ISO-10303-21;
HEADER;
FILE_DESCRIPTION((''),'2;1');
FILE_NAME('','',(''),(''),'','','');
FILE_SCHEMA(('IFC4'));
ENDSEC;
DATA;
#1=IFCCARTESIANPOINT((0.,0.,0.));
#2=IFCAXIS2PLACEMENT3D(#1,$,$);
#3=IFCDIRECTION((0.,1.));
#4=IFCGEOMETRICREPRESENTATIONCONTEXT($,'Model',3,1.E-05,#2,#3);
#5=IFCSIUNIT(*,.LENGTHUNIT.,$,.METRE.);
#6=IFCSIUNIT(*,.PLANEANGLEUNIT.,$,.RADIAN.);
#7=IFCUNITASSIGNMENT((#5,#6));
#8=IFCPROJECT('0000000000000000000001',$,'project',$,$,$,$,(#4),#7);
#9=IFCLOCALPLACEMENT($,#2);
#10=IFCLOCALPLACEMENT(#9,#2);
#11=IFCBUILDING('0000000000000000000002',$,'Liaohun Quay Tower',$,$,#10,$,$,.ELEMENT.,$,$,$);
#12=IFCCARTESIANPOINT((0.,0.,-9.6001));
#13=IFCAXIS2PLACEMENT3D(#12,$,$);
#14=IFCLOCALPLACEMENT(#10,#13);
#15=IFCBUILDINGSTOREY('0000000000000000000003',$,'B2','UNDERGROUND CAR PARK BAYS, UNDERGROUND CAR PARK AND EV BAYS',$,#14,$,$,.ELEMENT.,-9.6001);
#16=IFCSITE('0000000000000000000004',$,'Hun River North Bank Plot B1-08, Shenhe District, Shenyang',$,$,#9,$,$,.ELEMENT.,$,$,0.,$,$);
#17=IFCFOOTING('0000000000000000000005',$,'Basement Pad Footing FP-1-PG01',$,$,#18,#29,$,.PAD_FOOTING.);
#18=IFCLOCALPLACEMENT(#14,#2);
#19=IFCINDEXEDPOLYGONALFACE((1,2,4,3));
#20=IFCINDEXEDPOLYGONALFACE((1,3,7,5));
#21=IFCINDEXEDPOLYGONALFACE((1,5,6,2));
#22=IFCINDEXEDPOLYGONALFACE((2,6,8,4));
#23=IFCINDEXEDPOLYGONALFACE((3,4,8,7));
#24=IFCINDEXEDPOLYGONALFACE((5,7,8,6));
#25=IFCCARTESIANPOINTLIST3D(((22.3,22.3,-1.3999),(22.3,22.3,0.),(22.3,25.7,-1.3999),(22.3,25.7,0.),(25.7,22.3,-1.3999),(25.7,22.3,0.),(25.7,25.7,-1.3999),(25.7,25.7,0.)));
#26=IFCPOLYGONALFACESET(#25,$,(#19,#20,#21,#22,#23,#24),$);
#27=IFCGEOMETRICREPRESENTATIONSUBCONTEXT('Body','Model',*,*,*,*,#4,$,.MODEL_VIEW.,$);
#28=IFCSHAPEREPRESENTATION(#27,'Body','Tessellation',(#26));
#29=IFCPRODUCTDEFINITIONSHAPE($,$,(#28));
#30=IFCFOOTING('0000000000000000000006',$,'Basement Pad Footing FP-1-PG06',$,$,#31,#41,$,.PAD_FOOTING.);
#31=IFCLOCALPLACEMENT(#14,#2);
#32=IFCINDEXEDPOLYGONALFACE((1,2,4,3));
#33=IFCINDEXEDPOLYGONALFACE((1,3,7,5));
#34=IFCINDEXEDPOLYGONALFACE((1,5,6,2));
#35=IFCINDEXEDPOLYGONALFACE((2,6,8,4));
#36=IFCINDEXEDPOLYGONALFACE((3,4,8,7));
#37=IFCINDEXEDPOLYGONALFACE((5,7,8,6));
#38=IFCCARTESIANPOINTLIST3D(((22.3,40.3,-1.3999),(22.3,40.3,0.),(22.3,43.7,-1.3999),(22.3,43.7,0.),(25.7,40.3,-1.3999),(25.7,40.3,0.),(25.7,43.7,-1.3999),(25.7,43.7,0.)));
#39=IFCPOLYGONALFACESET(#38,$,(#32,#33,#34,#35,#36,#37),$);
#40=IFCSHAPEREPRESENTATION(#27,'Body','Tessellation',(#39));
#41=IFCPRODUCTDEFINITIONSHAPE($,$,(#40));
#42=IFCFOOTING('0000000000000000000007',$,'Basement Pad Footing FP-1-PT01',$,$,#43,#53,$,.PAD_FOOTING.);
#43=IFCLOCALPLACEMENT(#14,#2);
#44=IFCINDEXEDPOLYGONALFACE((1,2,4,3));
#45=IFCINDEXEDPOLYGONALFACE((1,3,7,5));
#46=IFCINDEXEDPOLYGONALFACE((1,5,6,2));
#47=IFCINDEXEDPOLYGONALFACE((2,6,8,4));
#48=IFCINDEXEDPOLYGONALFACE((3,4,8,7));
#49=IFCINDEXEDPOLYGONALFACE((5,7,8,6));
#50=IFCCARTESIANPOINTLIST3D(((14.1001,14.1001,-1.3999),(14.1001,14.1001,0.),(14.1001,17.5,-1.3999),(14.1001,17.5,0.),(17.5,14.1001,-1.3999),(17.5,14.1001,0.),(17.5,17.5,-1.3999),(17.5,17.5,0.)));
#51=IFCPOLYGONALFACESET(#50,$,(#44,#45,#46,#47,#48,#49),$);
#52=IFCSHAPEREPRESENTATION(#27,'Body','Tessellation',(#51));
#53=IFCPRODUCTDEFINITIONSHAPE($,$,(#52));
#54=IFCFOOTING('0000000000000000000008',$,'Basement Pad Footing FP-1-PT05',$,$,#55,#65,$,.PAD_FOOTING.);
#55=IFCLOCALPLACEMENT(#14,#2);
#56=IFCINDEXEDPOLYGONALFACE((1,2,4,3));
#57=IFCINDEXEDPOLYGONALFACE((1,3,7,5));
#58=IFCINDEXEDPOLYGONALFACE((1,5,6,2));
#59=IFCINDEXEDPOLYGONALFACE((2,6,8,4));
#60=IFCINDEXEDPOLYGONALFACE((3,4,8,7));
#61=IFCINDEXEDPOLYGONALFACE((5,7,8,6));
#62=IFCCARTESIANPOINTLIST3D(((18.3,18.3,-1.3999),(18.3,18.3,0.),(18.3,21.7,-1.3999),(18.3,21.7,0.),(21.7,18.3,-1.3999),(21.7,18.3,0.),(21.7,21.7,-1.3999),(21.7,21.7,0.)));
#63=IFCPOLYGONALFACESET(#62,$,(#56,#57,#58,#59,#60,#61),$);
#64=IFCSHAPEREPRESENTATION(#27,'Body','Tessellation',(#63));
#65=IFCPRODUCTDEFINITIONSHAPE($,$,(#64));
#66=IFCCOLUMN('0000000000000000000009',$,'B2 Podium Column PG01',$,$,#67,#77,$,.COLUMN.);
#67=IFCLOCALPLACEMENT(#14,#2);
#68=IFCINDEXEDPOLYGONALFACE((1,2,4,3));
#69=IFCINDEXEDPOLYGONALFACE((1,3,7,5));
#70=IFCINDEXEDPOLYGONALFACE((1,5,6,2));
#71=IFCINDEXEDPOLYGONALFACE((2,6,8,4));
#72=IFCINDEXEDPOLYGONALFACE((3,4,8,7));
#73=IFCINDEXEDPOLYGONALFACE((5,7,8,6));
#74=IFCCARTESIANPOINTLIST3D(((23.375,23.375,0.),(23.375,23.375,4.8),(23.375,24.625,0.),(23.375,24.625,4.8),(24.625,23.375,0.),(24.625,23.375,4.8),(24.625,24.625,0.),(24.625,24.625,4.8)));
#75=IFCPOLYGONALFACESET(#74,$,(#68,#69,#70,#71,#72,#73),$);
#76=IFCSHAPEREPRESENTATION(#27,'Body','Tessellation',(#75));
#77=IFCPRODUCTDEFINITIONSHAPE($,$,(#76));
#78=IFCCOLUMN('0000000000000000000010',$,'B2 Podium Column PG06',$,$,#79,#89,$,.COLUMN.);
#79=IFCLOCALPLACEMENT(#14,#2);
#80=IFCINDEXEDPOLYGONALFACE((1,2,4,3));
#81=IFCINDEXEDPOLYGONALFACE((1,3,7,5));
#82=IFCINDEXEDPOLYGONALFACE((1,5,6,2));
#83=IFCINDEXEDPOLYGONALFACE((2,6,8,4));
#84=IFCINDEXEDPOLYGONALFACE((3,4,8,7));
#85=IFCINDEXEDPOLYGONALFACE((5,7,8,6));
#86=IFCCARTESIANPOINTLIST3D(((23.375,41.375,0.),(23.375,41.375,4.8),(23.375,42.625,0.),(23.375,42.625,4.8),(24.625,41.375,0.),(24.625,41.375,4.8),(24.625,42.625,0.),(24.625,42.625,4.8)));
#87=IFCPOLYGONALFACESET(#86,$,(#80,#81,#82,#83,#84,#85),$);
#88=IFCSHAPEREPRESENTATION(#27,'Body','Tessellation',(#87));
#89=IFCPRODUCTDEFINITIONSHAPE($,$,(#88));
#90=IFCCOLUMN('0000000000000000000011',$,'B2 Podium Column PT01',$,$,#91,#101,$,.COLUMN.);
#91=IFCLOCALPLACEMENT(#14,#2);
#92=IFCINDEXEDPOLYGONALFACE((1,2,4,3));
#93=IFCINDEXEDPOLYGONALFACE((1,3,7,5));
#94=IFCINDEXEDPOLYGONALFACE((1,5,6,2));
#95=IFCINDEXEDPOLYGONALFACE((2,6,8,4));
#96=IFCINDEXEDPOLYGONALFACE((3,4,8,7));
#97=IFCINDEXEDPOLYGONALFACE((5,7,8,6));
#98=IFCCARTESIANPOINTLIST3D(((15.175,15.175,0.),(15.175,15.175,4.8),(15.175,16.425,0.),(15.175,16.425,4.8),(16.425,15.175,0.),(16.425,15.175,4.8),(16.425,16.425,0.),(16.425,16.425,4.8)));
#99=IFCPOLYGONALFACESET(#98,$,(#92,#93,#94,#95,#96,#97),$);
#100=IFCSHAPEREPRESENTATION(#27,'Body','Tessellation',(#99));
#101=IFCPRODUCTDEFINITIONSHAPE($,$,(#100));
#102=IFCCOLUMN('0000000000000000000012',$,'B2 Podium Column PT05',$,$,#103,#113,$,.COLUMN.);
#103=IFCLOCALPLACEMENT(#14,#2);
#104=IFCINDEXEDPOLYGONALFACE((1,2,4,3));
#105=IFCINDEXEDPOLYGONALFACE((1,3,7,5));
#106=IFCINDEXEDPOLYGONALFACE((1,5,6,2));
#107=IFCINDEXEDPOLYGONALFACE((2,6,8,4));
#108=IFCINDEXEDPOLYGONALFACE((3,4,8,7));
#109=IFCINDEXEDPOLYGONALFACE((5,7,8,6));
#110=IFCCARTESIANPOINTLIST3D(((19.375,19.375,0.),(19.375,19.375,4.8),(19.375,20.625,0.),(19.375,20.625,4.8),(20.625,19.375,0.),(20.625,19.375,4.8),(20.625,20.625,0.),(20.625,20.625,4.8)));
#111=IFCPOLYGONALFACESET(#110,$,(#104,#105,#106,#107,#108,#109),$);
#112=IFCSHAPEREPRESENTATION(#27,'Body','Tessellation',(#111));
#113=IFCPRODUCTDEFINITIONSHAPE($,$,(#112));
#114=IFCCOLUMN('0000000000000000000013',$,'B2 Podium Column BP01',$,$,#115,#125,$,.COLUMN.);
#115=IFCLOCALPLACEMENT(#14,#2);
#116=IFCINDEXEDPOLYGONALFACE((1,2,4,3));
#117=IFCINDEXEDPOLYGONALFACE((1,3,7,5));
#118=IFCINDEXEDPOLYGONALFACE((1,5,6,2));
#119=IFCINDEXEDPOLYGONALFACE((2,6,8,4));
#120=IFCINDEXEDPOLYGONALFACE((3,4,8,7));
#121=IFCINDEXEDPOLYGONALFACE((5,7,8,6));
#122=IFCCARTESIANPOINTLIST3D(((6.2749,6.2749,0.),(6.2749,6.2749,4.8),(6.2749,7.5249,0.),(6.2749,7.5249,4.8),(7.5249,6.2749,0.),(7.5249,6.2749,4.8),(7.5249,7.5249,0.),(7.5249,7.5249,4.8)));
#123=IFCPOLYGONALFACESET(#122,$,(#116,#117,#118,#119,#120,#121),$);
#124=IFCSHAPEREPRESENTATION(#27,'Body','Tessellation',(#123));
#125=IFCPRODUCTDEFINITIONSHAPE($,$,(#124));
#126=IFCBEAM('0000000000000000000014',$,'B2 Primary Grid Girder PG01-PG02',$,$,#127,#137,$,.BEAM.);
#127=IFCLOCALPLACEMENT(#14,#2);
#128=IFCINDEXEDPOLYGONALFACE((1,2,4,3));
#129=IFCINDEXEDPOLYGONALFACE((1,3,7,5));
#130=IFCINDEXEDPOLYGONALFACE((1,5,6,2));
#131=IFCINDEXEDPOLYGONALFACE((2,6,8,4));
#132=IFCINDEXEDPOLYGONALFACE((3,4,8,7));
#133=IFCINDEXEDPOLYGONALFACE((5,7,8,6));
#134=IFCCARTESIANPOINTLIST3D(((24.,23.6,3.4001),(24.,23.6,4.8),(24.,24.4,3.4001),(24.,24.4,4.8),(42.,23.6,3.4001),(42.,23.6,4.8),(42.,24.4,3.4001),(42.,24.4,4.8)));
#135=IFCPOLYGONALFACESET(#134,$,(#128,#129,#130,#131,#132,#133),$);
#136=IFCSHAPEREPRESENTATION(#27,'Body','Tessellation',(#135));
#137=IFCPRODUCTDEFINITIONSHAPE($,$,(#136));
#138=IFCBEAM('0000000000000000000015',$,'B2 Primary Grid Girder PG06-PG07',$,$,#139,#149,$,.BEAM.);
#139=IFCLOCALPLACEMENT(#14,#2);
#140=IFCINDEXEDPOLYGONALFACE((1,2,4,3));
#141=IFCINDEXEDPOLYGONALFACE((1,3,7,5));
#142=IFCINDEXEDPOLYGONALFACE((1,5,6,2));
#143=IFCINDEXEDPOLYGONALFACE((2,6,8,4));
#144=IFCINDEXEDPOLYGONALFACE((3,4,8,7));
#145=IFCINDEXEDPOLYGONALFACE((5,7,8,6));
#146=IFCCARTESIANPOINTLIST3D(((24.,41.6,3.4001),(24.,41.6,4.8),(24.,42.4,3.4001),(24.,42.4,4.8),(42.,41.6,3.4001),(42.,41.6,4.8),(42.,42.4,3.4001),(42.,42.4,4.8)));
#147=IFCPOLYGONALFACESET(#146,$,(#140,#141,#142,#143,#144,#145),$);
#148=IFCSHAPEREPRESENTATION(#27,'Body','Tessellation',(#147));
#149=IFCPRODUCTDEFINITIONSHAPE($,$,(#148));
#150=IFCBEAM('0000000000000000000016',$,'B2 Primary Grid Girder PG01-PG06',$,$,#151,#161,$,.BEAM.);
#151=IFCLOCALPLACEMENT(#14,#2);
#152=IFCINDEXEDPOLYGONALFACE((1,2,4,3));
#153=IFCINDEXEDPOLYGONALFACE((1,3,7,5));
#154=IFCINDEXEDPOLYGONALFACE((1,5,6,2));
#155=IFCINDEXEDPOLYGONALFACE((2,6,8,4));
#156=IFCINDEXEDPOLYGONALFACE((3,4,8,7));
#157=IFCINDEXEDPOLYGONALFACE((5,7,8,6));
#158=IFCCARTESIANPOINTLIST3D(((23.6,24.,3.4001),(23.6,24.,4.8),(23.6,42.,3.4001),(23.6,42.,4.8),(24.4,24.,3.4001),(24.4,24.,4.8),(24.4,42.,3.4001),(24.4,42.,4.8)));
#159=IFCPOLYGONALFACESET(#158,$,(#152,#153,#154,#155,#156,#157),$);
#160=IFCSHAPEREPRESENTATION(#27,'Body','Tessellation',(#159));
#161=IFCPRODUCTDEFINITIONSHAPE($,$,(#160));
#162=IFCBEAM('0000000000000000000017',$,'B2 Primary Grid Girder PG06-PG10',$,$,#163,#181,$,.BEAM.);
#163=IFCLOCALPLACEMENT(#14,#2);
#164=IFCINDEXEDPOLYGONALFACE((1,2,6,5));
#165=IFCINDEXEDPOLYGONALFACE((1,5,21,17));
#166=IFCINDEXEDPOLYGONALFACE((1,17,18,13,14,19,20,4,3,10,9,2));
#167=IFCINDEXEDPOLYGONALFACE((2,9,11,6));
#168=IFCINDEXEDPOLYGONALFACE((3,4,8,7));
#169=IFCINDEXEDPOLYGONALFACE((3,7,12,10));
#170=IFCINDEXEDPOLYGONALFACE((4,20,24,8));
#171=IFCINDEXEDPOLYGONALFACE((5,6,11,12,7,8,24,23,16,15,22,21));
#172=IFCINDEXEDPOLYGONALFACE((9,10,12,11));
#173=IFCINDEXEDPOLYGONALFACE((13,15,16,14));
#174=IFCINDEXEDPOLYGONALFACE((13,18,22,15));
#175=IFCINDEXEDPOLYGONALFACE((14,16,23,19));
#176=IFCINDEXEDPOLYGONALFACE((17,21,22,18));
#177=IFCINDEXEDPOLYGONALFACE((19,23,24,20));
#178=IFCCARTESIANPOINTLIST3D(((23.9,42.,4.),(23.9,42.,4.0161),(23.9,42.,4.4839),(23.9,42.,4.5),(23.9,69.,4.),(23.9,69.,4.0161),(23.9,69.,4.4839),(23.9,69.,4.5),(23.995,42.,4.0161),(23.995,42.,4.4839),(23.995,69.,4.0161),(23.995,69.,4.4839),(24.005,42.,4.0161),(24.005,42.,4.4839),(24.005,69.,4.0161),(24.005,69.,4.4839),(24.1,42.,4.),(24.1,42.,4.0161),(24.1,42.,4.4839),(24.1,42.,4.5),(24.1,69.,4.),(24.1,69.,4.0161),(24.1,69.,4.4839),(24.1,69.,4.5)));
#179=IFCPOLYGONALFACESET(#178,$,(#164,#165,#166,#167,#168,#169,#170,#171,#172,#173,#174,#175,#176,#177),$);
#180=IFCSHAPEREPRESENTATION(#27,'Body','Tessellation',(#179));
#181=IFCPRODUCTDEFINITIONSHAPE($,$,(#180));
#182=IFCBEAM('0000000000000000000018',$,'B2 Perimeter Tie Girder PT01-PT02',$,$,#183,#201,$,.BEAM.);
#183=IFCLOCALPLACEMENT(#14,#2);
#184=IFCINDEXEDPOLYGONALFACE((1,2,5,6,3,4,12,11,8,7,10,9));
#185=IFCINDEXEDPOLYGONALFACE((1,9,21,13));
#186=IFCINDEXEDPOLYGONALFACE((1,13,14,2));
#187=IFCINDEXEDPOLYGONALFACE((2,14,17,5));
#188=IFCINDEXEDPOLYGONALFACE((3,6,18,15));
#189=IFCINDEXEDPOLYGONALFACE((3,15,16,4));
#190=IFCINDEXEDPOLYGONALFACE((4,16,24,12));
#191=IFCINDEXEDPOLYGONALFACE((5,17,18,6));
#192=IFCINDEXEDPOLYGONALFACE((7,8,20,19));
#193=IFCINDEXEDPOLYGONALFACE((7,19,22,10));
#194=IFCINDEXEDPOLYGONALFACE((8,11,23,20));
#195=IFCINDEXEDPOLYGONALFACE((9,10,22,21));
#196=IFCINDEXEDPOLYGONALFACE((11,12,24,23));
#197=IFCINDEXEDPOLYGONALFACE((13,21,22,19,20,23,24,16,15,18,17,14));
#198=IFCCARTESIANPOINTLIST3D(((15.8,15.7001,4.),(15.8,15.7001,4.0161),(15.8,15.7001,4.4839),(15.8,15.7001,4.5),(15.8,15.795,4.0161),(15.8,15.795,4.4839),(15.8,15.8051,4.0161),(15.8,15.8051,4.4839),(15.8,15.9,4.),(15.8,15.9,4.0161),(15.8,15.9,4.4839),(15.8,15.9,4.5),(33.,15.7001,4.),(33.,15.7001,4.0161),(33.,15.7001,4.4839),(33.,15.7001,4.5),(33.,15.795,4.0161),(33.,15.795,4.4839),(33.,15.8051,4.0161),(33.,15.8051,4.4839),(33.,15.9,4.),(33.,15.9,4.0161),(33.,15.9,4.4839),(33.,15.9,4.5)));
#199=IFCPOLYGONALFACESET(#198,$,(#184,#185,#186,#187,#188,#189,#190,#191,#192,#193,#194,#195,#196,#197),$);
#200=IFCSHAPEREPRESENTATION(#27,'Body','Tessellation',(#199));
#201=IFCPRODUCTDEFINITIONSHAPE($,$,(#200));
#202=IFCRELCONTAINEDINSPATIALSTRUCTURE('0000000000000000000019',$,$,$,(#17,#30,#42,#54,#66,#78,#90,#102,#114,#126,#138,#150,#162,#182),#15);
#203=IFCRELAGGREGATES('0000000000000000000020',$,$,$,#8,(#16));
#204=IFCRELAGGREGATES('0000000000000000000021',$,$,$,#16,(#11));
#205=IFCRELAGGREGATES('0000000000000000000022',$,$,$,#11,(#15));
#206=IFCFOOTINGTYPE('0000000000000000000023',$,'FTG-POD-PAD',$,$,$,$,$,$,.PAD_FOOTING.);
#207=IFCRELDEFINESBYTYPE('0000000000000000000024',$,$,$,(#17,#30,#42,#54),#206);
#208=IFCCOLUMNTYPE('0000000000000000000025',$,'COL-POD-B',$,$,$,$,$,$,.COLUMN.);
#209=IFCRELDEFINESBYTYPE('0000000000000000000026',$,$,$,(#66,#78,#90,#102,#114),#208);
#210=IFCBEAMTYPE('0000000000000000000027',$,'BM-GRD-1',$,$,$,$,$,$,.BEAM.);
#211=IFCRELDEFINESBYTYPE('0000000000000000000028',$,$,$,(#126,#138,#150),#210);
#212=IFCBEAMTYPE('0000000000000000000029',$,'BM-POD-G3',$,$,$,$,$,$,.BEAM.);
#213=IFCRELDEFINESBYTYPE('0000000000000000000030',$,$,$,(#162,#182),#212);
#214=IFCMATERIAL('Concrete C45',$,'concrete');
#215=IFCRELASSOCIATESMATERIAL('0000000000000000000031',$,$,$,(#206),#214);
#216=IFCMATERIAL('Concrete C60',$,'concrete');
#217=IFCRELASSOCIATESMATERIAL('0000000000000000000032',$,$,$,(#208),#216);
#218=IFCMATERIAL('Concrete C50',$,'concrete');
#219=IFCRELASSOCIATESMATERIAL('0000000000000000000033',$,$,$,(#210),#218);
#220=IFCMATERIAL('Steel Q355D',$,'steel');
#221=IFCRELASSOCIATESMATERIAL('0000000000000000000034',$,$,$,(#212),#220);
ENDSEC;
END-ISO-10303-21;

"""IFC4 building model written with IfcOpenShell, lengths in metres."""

from ifc_helpers import new_model, si_unit, direction, frame, origin, origin_2d, place, context, subcontext, project, spatial, rectangle, i_section, extrude, source, transform, mapped, material, material_profile, profile_set, type_object, element, save


model = new_model("IFC4")

# Units and contexts
model_context = context("Model", 3, precision=1e-05, world=origin(), true_north=direction((0.0, 1.0)))
body_context = subcontext(model_context, "Body", "Model", "MODEL_VIEW")
ifc_project = project(units=[si_unit("LENGTHUNIT", "METRE"), si_unit("PLANEANGLEUNIT", "RADIAN")], contexts=[model_context])

# Site, building, storey
site_placement = place(None, origin())
site = spatial("IfcSite", under=ifc_project, at=site_placement, Name="Hun River North Bank Plot B1-08, Shenhe District, Shenyang", CompositionType="ELEMENT", RefElevation=0.0)
building_placement = place(site_placement, origin())
building = spatial("IfcBuilding", under=site, at=building_placement, Name="Liaohun Quay Tower", CompositionType="ELEMENT")
storey_placement = place(building_placement, frame((0.0, 0.0, -9.6001)))
storey = spatial("IfcBuildingStorey", under=building, at=storey_placement, Name="B2", Description="UNDERGROUND CAR PARK BAYS, UNDERGROUND CAR PARK AND EV BAYS", CompositionType="ELEMENT", Elevation=-9.6001)

# Footings
ifc_material_1 = material(Name="Concrete C45", Category="concrete")
footing_type = type_object("IfcFootingType", Name="FTG-POD-PAD", PredefinedType="PAD_FOOTING", material=ifc_material_1)
shared_shape_1 = source(origin(), body_context, "Body", "SweptSolid", [
    extrude(rectangle(XDim=3.3999, YDim=3.3999, at=origin_2d()), origin(), (0.0, 0.0, 1.0), 1.3999),
])
for number, where, z_axis, x_axis, name in (
    (1, (24.0, 24.0, -1.3999), (0.0, 0.0, 1.0), (1.0, 0.0, 0.0), "Basement Pad Footing FP-1-PG01"),
    (2, (24.0, 42.0, -1.3999), (0.0, 0.0, 1.0), (1.0, 0.0, 0.0), "Basement Pad Footing FP-1-PG06"),
    (3, (15.8, 15.8, -1.3999), (0.0, 0.0, 1.0), (1.0, 0.0, 0.0), "Basement Pad Footing FP-1-PT01"),
    (4, (20.0, 20.0, -1.3999), (0.0, 0.0, 1.0), (1.0, 0.0, 0.0), "Basement Pad Footing FP-1-PT05"),
):
    element("IfcFooting", number, at=place(storey_placement, frame(where, z_axis=z_axis, x_axis=x_axis)), inside=storey, type_object=footing_type, Name=name, PredefinedType="PAD_FOOTING", context=body_context, shape_type="MappedRepresentation", body=[
        mapped(shared_shape_1, transform((0.0, 0.0, 0.0), x_axis=(1.0, 0.0, 0.0), y_axis=(0.0, 1.0, 0.0), z_axis=(0.0, 0.0, 1.0), scale=1.0)),
    ])

# Columns
ifc_material_2 = material(Name="Concrete C60", Category="concrete")
ifc_material_profile_1 = material_profile(ifc_material_2, rectangle(XDim=1.25, YDim=1.25, at=origin_2d()), Name="RC1250x1250")
ifc_profile_set_1 = profile_set([ifc_material_profile_1], Name="Concrete C60")
column_type = type_object("IfcColumnType", Name="COL-POD-B", PredefinedType="COLUMN", material=ifc_profile_set_1)
shared_shape_2 = source(origin(), body_context, "Body", "SweptSolid", [
    extrude(rectangle(XDim=1.25, YDim=1.25, at=origin_2d()), origin(), (0.0, 0.0, 1.0), 4.8),
])
for number, where, z_axis, x_axis, name in (
    (5, (24.0, 24.0, 0.0), (0.0, 0.0, 1.0), (1.0, 0.0, 0.0), "B2 Podium Column PG01"),
    (6, (24.0, 42.0, 0.0), (0.0, 0.0, 1.0), (1.0, 0.0, 0.0), "B2 Podium Column PG06"),
    (7, (15.8, 15.8, 0.0), (0.0, 0.0, 1.0), (1.0, 0.0, 0.0), "B2 Podium Column PT01"),
    (8, (20.0, 20.0, 0.0), (0.0, 0.0, 1.0), (1.0, 0.0, 0.0), "B2 Podium Column PT05"),
    (9, (6.8999, 6.8999, 0.0), (0.0, 0.0, 1.0), (1.0, 0.0, 0.0), "B2 Podium Column BP01"),
):
    element("IfcColumn", number, at=place(storey_placement, frame(where, z_axis=z_axis, x_axis=x_axis)), inside=storey, type_object=column_type, Name=name, PredefinedType="COLUMN", context=body_context, shape_type="MappedRepresentation", body=[
        mapped(shared_shape_2, transform((0.0, 0.0, 0.0), x_axis=(1.0, 0.0, 0.0), y_axis=(0.0, 1.0, 0.0), z_axis=(0.0, 0.0, 1.0), scale=1.0)),
    ])

# Beams
ifc_material_3 = material(Name="Concrete C50", Category="concrete")
ifc_material_profile_2 = material_profile(ifc_material_3, rectangle(XDim=0.8, YDim=1.3999, at=origin_2d()), Name="RC800x1400")
ifc_profile_set_2 = profile_set([ifc_material_profile_2], Name="Concrete C50")
beam_type_1 = type_object("IfcBeamType", Name="BM-GRD-1", PredefinedType="BEAM", material=ifc_profile_set_2)
shared_shape_3 = source(origin(), body_context, "Body", "SweptSolid", [
    extrude(rectangle(XDim=0.8, YDim=1.3999, at=origin_2d()), origin(), (0.0, 0.0, 1.0), 18.0),
])
for number, where, z_axis, x_axis, name in (
    (10, (24.0, 24.0, 4.1001), (1.0, 0.0, 0.0), (0.0, 1.0, 0.0), "B2 Primary Grid Girder PG01-PG02"),
    (11, (24.0, 42.0, 4.1001), (1.0, 0.0, 0.0), (0.0, 1.0, 0.0), "B2 Primary Grid Girder PG06-PG07"),
    (12, (24.0, 24.0, 4.1001), (0.0, 1.0, 0.0), (-1.0, 0.0, 0.0), "B2 Primary Grid Girder PG01-PG06"),
):
    element("IfcBeam", number, at=place(storey_placement, frame(where, z_axis=z_axis, x_axis=x_axis)), inside=storey, type_object=beam_type_1, Name=name, PredefinedType="BEAM", context=body_context, shape_type="MappedRepresentation", body=[
        mapped(shared_shape_3, transform((0.0, 0.0, 0.0), x_axis=(1.0, 0.0, 0.0), y_axis=(0.0, 1.0, 0.0), z_axis=(0.0, 0.0, 1.0), scale=1.0)),
    ])
ifc_material_4 = material(Name="Steel Q355D", Category="steel")
ifc_material_profile_3 = material_profile(ifc_material_4, i_section(OverallWidth=0.2, OverallDepth=0.5, WebThickness=0.01, FlangeThickness=0.0161, at=origin_2d()), Name="HN500x200x10x16")
ifc_profile_set_3 = profile_set([ifc_material_profile_3], Name="Steel Q355D")
beam_type_2 = type_object("IfcBeamType", Name="BM-POD-G3", PredefinedType="BEAM", material=ifc_profile_set_3)
shared_shape_4 = source(origin(), body_context, "Body", "SweptSolid", [
    extrude(i_section(OverallWidth=0.2, OverallDepth=0.5, WebThickness=0.01, FlangeThickness=0.0161, at=origin_2d()), origin(), (0.0, 0.0, 1.0), 27.0),
])
beam_1_placement = place(storey_placement, frame((24.0, 42.0, 4.25), z_axis=(0.0, 1.0, 0.0), x_axis=(-1.0, 0.0, 0.0)))
element("IfcBeam", 13, at=beam_1_placement, inside=storey, type_object=beam_type_2, Name="B2 Primary Grid Girder PG06-PG10", PredefinedType="BEAM", context=body_context, shape_type="MappedRepresentation", body=[
    mapped(shared_shape_4, transform((0.0, 0.0, 0.0), x_axis=(1.0, 0.0, 0.0), y_axis=(0.0, 1.0, 0.0), z_axis=(0.0, 0.0, 1.0), scale=1.0)),
])
shared_shape_5 = source(origin(), body_context, "Body", "SweptSolid", [
    extrude(i_section(OverallWidth=0.2, OverallDepth=0.5, WebThickness=0.01, FlangeThickness=0.0161, at=origin_2d()), origin(), (0.0, 0.0, 1.0), 17.2),
])
beam_2_placement = place(storey_placement, frame((15.8, 15.8, 4.25), z_axis=(1.0, 0.0, 0.0), x_axis=(0.0, 1.0, 0.0)))
element("IfcBeam", 14, at=beam_2_placement, inside=storey, type_object=beam_type_2, Name="B2 Perimeter Tie Girder PT01-PT02", PredefinedType="BEAM", context=body_context, shape_type="MappedRepresentation", body=[
    mapped(shared_shape_5, transform((0.0, 0.0, 0.0), x_axis=(1.0, 0.0, 0.0), y_axis=(0.0, 1.0, 0.0), z_axis=(0.0, 0.0, 1.0), scale=1.0)),
])

save(model, "model.ifc")
